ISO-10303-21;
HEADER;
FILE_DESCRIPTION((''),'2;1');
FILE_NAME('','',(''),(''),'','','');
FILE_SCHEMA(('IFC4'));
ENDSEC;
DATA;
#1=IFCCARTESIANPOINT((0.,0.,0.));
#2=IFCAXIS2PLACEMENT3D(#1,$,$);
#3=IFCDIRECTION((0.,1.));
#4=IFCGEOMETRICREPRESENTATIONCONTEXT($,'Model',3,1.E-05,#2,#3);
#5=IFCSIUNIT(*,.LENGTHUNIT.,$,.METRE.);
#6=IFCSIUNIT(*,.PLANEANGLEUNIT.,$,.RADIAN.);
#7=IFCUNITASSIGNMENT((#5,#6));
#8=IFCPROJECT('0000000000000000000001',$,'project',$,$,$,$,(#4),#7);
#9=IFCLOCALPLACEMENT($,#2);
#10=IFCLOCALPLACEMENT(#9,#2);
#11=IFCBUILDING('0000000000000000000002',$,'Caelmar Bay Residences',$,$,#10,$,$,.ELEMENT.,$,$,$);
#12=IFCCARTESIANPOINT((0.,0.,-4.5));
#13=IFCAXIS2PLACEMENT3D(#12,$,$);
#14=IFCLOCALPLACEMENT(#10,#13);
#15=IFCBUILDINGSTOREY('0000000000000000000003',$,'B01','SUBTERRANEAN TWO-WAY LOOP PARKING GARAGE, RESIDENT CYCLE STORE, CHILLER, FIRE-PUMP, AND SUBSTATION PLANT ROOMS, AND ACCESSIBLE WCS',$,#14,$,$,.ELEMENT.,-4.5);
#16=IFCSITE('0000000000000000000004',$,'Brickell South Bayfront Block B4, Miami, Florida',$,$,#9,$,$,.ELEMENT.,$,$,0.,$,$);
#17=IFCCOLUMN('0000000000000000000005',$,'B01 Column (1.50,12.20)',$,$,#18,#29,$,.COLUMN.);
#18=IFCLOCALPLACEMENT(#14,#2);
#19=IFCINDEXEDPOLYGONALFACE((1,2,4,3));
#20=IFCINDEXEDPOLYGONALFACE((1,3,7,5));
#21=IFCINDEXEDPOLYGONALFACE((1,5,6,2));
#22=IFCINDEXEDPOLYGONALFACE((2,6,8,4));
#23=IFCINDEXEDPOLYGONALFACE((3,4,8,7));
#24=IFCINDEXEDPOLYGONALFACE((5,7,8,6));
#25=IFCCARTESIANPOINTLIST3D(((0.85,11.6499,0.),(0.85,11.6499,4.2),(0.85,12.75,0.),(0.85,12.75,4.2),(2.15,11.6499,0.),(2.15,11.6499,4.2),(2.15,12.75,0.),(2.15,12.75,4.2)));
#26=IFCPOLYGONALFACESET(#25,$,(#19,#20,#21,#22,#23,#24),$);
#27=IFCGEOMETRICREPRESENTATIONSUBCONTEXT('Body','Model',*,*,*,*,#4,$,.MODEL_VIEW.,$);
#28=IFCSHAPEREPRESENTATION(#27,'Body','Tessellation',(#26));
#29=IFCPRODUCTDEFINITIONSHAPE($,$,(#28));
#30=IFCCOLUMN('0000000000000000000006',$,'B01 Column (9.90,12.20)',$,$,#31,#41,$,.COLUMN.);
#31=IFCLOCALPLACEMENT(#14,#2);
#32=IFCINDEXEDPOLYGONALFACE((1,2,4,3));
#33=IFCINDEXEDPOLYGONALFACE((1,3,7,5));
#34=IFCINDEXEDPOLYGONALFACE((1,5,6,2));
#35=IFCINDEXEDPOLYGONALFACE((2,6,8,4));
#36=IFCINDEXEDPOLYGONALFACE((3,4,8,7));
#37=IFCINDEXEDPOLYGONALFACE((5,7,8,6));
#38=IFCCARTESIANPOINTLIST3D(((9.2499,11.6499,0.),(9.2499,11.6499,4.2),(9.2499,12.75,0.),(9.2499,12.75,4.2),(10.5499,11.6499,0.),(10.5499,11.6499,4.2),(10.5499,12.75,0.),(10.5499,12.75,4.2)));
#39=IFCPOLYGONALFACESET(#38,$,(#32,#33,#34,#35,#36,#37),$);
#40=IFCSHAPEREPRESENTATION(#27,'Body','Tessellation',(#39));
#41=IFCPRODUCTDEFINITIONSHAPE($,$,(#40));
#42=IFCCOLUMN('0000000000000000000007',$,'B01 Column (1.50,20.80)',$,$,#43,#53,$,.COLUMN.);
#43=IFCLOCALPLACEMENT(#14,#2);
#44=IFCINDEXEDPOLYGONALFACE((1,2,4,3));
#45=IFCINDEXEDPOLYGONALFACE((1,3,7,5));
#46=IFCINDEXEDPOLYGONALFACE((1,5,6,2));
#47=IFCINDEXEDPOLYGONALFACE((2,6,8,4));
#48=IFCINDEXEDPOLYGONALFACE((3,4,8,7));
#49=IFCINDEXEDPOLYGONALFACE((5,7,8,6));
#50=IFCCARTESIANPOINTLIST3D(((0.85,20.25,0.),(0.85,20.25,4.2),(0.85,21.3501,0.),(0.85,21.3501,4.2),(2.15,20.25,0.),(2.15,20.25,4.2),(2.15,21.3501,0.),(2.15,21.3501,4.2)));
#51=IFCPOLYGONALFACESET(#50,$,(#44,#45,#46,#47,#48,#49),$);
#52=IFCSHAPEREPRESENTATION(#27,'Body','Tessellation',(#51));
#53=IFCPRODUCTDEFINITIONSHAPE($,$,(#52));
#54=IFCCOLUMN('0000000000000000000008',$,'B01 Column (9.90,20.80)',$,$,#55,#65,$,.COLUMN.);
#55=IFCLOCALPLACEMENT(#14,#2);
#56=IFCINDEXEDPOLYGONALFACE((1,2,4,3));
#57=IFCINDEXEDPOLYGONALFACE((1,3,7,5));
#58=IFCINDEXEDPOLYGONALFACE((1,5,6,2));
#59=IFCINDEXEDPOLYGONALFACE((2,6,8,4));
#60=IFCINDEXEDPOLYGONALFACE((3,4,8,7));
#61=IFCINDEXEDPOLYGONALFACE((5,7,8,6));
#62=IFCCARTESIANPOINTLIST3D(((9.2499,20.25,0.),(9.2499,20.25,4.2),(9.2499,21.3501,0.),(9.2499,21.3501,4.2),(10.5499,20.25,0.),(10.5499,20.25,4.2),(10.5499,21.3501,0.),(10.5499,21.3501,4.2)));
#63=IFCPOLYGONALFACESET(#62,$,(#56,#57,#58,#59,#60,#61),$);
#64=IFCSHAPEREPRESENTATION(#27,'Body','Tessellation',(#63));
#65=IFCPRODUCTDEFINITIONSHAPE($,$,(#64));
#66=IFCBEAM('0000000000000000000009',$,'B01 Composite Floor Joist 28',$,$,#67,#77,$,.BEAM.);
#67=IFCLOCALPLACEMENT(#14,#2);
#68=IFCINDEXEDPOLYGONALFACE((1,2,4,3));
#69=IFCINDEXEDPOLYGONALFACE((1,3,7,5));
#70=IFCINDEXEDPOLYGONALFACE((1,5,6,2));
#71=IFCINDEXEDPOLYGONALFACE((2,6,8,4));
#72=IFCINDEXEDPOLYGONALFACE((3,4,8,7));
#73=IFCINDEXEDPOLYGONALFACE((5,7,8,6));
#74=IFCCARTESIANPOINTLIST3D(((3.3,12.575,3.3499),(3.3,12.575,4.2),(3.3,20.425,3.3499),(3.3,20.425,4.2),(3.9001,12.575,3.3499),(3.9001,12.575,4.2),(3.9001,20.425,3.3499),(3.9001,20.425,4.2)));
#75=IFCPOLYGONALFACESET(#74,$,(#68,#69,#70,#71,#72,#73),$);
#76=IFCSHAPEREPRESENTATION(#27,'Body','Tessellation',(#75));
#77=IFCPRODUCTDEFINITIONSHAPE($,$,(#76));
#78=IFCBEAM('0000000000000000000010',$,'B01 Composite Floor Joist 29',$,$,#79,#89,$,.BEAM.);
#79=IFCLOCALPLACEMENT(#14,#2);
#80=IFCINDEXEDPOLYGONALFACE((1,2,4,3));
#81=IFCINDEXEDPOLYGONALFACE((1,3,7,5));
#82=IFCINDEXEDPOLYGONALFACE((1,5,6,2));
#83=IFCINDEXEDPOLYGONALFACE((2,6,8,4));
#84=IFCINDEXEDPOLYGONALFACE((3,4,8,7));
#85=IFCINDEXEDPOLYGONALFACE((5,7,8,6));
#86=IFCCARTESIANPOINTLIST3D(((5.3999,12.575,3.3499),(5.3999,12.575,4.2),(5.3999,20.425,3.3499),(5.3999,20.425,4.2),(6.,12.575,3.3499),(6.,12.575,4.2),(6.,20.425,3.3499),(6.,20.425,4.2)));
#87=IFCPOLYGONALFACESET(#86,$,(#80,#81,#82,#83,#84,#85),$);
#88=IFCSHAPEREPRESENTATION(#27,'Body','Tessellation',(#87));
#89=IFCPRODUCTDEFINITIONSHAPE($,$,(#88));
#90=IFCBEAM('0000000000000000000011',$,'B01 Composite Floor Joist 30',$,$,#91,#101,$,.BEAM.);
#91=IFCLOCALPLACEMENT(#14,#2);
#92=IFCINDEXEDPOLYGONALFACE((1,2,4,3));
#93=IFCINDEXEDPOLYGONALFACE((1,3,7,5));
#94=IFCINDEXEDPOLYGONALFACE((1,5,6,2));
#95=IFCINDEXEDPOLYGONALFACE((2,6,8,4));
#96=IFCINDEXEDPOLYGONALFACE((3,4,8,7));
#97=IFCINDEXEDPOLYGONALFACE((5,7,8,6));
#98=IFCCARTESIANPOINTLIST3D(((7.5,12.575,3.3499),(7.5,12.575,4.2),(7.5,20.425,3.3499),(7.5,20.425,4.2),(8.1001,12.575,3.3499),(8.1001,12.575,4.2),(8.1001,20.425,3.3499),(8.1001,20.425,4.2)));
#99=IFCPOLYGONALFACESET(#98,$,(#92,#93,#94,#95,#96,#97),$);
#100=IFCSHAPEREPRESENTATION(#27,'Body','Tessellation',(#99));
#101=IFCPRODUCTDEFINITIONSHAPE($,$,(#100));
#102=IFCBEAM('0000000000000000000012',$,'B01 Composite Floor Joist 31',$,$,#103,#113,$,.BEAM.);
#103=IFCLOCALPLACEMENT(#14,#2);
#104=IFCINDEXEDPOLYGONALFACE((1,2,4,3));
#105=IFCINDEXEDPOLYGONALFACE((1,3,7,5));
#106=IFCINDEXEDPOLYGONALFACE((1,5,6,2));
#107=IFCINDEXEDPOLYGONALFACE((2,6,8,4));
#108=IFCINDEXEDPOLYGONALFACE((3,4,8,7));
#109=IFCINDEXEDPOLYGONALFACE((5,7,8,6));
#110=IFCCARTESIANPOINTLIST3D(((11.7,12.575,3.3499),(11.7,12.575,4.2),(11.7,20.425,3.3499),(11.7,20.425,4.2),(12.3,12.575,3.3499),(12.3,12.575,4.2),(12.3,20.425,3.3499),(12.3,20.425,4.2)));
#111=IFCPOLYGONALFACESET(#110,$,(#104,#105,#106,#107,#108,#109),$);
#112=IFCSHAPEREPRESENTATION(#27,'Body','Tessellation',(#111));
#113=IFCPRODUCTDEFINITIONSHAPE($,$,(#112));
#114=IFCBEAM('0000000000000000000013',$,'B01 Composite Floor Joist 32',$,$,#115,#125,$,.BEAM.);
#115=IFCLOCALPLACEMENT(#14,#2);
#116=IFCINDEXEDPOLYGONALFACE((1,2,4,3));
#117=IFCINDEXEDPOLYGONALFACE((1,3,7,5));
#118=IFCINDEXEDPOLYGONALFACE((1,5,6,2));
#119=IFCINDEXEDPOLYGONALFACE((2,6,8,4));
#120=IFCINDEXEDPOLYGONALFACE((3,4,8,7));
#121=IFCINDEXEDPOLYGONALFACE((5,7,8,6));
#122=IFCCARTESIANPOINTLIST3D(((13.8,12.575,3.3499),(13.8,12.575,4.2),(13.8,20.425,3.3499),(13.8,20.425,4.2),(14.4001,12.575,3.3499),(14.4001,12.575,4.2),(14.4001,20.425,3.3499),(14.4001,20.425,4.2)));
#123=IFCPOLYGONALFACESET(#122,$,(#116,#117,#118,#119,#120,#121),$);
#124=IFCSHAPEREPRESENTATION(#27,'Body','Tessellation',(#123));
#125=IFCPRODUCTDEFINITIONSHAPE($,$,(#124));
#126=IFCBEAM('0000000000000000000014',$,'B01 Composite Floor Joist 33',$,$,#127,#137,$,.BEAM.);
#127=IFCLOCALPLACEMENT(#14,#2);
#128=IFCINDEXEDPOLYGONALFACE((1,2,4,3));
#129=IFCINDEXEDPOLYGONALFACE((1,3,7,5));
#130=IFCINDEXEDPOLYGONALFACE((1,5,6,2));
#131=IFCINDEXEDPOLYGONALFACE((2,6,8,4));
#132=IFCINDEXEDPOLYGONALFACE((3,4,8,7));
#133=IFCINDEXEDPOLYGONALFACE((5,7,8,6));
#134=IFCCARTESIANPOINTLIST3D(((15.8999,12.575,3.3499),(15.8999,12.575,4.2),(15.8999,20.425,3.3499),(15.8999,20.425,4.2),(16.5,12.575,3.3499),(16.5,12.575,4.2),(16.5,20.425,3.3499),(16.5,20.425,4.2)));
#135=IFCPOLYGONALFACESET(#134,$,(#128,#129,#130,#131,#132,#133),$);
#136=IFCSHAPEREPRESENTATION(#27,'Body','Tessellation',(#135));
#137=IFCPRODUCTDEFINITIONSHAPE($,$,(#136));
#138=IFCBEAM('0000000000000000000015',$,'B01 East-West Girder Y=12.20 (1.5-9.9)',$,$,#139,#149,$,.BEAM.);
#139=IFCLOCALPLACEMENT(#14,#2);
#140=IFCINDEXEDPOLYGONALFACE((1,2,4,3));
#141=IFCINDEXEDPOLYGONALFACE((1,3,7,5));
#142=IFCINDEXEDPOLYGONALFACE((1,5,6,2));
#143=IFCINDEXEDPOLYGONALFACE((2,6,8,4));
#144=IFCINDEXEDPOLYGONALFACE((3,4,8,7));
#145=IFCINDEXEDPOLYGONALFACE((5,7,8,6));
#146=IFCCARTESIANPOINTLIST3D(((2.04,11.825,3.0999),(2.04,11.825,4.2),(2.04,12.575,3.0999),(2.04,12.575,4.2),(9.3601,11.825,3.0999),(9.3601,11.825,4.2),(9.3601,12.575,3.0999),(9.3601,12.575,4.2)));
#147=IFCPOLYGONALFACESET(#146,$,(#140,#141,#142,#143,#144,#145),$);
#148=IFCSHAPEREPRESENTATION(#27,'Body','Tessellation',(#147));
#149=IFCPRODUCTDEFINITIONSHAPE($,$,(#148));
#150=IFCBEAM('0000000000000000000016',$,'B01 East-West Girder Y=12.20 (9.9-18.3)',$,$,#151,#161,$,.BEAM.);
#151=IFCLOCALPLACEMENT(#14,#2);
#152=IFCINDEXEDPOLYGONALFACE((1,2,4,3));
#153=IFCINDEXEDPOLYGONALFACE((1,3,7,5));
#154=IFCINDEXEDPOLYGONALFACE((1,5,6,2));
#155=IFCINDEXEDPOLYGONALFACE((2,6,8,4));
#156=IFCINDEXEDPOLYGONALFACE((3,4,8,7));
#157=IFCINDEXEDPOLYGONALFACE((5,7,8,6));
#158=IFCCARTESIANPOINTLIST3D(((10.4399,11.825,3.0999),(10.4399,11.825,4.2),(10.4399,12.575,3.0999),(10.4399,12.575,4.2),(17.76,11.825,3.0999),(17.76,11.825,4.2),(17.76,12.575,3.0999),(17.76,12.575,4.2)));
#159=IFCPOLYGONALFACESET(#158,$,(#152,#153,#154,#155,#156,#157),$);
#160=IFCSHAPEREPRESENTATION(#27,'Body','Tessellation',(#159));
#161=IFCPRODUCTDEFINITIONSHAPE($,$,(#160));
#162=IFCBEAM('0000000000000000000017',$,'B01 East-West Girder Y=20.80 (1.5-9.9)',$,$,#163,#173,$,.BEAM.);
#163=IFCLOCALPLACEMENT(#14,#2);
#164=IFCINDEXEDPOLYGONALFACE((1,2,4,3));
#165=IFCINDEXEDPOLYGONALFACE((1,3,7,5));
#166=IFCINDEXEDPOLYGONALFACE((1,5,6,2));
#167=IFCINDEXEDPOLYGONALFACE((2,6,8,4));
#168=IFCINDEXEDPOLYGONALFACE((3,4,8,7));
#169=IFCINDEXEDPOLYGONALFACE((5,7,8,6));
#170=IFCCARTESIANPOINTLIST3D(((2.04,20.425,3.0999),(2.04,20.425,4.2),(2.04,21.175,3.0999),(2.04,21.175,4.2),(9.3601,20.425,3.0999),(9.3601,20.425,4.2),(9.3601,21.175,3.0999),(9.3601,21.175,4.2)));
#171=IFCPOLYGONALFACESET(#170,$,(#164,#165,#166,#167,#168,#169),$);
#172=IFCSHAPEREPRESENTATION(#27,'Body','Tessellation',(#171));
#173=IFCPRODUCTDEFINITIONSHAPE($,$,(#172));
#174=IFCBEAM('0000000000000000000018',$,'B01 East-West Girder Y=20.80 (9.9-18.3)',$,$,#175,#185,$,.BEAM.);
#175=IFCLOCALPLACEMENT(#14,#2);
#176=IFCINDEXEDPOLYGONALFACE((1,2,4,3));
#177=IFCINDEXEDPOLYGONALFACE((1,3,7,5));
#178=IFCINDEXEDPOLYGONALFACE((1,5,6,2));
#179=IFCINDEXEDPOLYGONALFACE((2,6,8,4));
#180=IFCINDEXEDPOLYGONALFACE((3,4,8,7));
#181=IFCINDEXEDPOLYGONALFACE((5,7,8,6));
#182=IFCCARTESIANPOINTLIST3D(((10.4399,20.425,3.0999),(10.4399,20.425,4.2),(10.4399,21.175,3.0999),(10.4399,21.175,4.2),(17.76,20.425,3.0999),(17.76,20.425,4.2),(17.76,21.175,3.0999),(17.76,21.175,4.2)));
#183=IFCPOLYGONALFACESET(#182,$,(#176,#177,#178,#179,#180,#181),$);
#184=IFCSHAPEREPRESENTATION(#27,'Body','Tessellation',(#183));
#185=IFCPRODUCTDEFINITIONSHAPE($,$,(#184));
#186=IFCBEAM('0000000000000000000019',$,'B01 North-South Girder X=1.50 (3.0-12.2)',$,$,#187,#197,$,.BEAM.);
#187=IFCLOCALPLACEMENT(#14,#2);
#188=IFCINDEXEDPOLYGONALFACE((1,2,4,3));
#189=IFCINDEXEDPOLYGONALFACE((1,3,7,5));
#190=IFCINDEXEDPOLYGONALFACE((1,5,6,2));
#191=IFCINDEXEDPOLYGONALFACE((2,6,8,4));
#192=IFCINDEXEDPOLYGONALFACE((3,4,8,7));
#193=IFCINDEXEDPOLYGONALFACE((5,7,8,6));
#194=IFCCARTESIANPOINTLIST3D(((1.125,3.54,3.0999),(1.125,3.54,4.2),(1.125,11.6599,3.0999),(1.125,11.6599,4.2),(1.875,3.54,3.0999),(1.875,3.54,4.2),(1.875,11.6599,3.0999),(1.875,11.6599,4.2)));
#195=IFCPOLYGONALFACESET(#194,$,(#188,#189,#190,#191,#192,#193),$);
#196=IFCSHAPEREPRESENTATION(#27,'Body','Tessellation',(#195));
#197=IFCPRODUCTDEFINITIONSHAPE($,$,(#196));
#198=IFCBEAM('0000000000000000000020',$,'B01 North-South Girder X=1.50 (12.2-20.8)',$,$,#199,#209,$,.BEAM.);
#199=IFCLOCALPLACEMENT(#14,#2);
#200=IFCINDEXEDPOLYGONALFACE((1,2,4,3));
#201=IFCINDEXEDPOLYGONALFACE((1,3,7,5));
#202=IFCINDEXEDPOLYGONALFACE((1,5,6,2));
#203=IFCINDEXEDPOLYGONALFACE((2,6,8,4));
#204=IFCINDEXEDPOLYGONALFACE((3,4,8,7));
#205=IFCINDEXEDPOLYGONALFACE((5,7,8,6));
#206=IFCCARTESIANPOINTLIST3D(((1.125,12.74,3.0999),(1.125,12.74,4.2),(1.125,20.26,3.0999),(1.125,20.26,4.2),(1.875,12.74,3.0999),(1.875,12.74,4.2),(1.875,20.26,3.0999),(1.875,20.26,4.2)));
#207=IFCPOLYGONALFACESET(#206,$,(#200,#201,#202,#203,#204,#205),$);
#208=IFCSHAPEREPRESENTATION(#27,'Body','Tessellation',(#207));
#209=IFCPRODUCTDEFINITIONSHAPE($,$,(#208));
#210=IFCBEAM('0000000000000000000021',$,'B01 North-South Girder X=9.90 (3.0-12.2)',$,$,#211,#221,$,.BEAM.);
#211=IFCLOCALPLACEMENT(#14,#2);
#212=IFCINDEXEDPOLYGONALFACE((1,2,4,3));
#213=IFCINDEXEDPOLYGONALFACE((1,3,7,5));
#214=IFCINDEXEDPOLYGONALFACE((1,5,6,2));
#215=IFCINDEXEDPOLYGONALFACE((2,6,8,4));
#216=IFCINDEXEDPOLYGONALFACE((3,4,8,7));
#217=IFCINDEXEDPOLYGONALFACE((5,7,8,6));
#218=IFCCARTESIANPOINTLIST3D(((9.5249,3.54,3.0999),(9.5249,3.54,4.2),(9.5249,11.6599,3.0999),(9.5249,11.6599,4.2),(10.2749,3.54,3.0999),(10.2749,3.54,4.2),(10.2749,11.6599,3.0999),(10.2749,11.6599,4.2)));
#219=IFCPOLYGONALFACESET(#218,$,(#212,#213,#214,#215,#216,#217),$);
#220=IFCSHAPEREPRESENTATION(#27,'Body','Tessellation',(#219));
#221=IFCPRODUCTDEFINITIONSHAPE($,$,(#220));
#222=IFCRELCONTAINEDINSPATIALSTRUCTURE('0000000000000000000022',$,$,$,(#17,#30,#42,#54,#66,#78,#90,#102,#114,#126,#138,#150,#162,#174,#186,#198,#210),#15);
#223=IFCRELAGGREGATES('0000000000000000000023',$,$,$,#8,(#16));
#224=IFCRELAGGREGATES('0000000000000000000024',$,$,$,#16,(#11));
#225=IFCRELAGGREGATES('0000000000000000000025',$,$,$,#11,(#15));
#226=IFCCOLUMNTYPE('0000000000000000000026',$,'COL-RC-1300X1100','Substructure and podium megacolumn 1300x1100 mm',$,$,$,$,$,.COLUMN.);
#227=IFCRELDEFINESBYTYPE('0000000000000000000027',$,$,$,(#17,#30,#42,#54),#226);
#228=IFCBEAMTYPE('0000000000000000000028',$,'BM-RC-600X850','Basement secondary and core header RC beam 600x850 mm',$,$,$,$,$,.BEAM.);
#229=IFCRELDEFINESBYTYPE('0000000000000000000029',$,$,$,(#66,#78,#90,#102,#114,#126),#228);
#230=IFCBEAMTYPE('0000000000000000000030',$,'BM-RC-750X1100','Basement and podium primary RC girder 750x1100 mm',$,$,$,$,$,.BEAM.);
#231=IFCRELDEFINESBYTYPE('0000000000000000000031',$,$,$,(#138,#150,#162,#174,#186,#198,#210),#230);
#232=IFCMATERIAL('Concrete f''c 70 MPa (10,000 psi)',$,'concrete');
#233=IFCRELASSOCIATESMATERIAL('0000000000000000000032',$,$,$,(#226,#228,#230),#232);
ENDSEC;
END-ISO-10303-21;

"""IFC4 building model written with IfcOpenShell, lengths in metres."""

from ifc_helpers import new_model, si_unit, direction, frame, origin, origin_2d, place, context, subcontext, project, spatial, rectangle, extrude, material, material_profile, profile_set, type_object, element, save


model = new_model("IFC4")

# Units and contexts
model_context = context("Model", 3, precision=1e-05, world=origin(), true_north=direction((0.0, 1.0)))
body_context = subcontext(model_context, "Body", "Model", "MODEL_VIEW")
ifc_project = project(units=[si_unit("LENGTHUNIT", "METRE"), si_unit("PLANEANGLEUNIT", "RADIAN")], contexts=[model_context])

# Site, building, storey
site_placement = place(None, origin())
site = spatial("IfcSite", under=ifc_project, at=site_placement, Name="Brickell South Bayfront Block B4, Miami, Florida", CompositionType="ELEMENT", RefElevation=0.0)
building_placement = place(site_placement, origin())
building = spatial("IfcBuilding", under=site, at=building_placement, Name="Caelmar Bay Residences", CompositionType="ELEMENT")
storey_placement = place(building_placement, frame((0.0, 0.0, -4.5)))
storey = spatial("IfcBuildingStorey", under=building, at=storey_placement, Name="B01", Description="SUBTERRANEAN TWO-WAY LOOP PARKING GARAGE, RESIDENT CYCLE STORE, CHILLER, FIRE-PUMP, AND SUBSTATION PLANT ROOMS, AND ACCESSIBLE WCS", CompositionType="ELEMENT", Elevation=-4.5)

# Columns
ifc_material_1 = material(Name="Concrete f'c 70 MPa (10,000 psi)", Category="concrete")
ifc_material_profile_1 = material_profile(ifc_material_1, rectangle(XDim=1.3, YDim=1.1001, at=origin_2d()), Name="RC-COL-1300X1100")
ifc_profile_set_1 = profile_set([ifc_material_profile_1], Name="Concrete f'c 70 MPa (10,000 psi)")
column_type = type_object("IfcColumnType", Name="COL-RC-1300X1100", Description="Substructure and podium megacolumn 1300x1100 mm", PredefinedType="COLUMN", material=ifc_profile_set_1)
for number, where, z_axis, x_axis, name in (
    (1, (1.5, 12.2, 0.0), (0.0, 0.0, 1.0), (1.0, 0.0, 0.0), "B01 Column (1.50,12.20)"),
    (2, (9.8999, 12.2, 0.0), (0.0, 0.0, 1.0), (1.0, 0.0, 0.0), "B01 Column (9.90,12.20)"),
    (3, (1.5, 20.8, 0.0), (0.0, 0.0, 1.0), (1.0, 0.0, 0.0), "B01 Column (1.50,20.80)"),
    (4, (9.8999, 20.8, 0.0), (0.0, 0.0, 1.0), (1.0, 0.0, 0.0), "B01 Column (9.90,20.80)"),
):
    element("IfcColumn", number, at=place(storey_placement, frame(where, z_axis=z_axis, x_axis=x_axis)), inside=storey, type_object=column_type, Name=name, PredefinedType="COLUMN", context=body_context, shape_type="SweptSolid", body=[
        extrude(rectangle(XDim=1.3, YDim=1.1001, at=origin_2d()), origin(), (0.0, 0.0, 1.0), 4.2),
    ])

# Beams
ifc_material_profile_2 = material_profile(ifc_material_1, rectangle(XDim=0.6001, YDim=0.8501, at=origin_2d()), Name="RC-BM-600X850")
ifc_profile_set_2 = profile_set([ifc_material_profile_2], Name="Concrete f'c 70 MPa (10,000 psi)")
beam_type_1 = type_object("IfcBeamType", Name="BM-RC-600X850", Description="Basement secondary and core header RC beam 600x850 mm", PredefinedType="BEAM", material=ifc_profile_set_2)
for number, where, z_axis, x_axis, name in (
    (5, (3.6001, 12.575, 3.7749), (0.0, 1.0, 0.0), (-1.0, 0.0, 0.0), "B01 Composite Floor Joist 28"),
    (6, (5.7, 12.575, 3.7749), (0.0, 1.0, 0.0), (-1.0, 0.0, 0.0), "B01 Composite Floor Joist 29"),
    (7, (7.8, 12.575, 3.7749), (0.0, 1.0, 0.0), (-1.0, 0.0, 0.0), "B01 Composite Floor Joist 30"),
    (8, (12.0, 12.575, 3.7749), (0.0, 1.0, 0.0), (-1.0, 0.0, 0.0), "B01 Composite Floor Joist 31"),
    (9, (14.1001, 12.575, 3.7749), (0.0, 1.0, 0.0), (-1.0, 0.0, 0.0), "B01 Composite Floor Joist 32"),
    (10, (16.2, 12.575, 3.7749), (0.0, 1.0, 0.0), (-1.0, 0.0, 0.0), "B01 Composite Floor Joist 33"),
):
    element("IfcBeam", number, at=place(storey_placement, frame(where, z_axis=z_axis, x_axis=x_axis)), inside=storey, type_object=beam_type_1, Name=name, PredefinedType="BEAM", context=body_context, shape_type="SweptSolid", body=[
        extrude(rectangle(XDim=0.6001, YDim=0.8501, at=origin_2d()), origin(), (0.0, 0.0, 1.0), 7.8501),
    ])
ifc_material_profile_3 = material_profile(ifc_material_1, rectangle(XDim=0.75, YDim=1.1001, at=origin_2d()), Name="RC-BM-750X1100")
ifc_profile_set_3 = profile_set([ifc_material_profile_3], Name="Concrete f'c 70 MPa (10,000 psi)")
beam_type_2 = type_object("IfcBeamType", Name="BM-RC-750X1100", Description="Basement and podium primary RC girder 750x1100 mm", PredefinedType="BEAM", material=ifc_profile_set_3)
for number, where, z_axis, x_axis, name in (
    (11, (2.04, 12.2, 3.6499), (1.0, 0.0, 0.0), (0.0, 1.0, 0.0), "B01 East-West Girder Y=12.20 (1.5-9.9)"),
    (12, (10.4399, 12.2, 3.6499), (1.0, 0.0, 0.0), (0.0, 1.0, 0.0), "B01 East-West Girder Y=12.20 (9.9-18.3)"),
    (13, (2.04, 20.8, 3.6499), (1.0, 0.0, 0.0), (0.0, 1.0, 0.0), "B01 East-West Girder Y=20.80 (1.5-9.9)"),
    (14, (10.4399, 20.8, 3.6499), (1.0, 0.0, 0.0), (0.0, 1.0, 0.0), "B01 East-West Girder Y=20.80 (9.9-18.3)"),
):
    element("IfcBeam", number, at=place(storey_placement, frame(where, z_axis=z_axis, x_axis=x_axis)), inside=storey, type_object=beam_type_2, Name=name, PredefinedType="BEAM", context=body_context, shape_type="SweptSolid", body=[
        extrude(rectangle(XDim=0.75, YDim=1.1001, at=origin_2d()), origin(), (0.0, 0.0, 1.0), 7.3201),
    ])
beam_1_placement = place(storey_placement, frame((1.5, 3.54, 3.6499), z_axis=(0.0, 1.0, 0.0), x_axis=(-1.0, 0.0, 0.0)))
element("IfcBeam", 15, at=beam_1_placement, inside=storey, type_object=beam_type_2, Name="B01 North-South Girder X=1.50 (3.0-12.2)", PredefinedType="BEAM", context=body_context, shape_type="SweptSolid", body=[
    extrude(rectangle(XDim=0.75, YDim=1.1001, at=origin_2d()), origin(), (0.0, 0.0, 1.0), 8.1199),
])
beam_2_placement = place(storey_placement, frame((1.5, 12.74, 3.6499), z_axis=(0.0, 1.0, 0.0), x_axis=(-1.0, 0.0, 0.0)))
element("IfcBeam", 16, at=beam_2_placement, inside=storey, type_object=beam_type_2, Name="B01 North-South Girder X=1.50 (12.2-20.8)", PredefinedType="BEAM", context=body_context, shape_type="SweptSolid", body=[
    extrude(rectangle(XDim=0.75, YDim=1.1001, at=origin_2d()), origin(), (0.0, 0.0, 1.0), 7.52),
])
beam_3_placement = place(storey_placement, frame((9.8999, 3.54, 3.6499), z_axis=(0.0, 1.0, 0.0), x_axis=(-1.0, 0.0, 0.0)))
element("IfcBeam", 17, at=beam_3_placement, inside=storey, type_object=beam_type_2, Name="B01 North-South Girder X=9.90 (3.0-12.2)", PredefinedType="BEAM", context=body_context, shape_type="SweptSolid", body=[
    extrude(rectangle(XDim=0.75, YDim=1.1001, at=origin_2d()), origin(), (0.0, 0.0, 1.0), 8.1199),
])

save(model, "model.ifc")
